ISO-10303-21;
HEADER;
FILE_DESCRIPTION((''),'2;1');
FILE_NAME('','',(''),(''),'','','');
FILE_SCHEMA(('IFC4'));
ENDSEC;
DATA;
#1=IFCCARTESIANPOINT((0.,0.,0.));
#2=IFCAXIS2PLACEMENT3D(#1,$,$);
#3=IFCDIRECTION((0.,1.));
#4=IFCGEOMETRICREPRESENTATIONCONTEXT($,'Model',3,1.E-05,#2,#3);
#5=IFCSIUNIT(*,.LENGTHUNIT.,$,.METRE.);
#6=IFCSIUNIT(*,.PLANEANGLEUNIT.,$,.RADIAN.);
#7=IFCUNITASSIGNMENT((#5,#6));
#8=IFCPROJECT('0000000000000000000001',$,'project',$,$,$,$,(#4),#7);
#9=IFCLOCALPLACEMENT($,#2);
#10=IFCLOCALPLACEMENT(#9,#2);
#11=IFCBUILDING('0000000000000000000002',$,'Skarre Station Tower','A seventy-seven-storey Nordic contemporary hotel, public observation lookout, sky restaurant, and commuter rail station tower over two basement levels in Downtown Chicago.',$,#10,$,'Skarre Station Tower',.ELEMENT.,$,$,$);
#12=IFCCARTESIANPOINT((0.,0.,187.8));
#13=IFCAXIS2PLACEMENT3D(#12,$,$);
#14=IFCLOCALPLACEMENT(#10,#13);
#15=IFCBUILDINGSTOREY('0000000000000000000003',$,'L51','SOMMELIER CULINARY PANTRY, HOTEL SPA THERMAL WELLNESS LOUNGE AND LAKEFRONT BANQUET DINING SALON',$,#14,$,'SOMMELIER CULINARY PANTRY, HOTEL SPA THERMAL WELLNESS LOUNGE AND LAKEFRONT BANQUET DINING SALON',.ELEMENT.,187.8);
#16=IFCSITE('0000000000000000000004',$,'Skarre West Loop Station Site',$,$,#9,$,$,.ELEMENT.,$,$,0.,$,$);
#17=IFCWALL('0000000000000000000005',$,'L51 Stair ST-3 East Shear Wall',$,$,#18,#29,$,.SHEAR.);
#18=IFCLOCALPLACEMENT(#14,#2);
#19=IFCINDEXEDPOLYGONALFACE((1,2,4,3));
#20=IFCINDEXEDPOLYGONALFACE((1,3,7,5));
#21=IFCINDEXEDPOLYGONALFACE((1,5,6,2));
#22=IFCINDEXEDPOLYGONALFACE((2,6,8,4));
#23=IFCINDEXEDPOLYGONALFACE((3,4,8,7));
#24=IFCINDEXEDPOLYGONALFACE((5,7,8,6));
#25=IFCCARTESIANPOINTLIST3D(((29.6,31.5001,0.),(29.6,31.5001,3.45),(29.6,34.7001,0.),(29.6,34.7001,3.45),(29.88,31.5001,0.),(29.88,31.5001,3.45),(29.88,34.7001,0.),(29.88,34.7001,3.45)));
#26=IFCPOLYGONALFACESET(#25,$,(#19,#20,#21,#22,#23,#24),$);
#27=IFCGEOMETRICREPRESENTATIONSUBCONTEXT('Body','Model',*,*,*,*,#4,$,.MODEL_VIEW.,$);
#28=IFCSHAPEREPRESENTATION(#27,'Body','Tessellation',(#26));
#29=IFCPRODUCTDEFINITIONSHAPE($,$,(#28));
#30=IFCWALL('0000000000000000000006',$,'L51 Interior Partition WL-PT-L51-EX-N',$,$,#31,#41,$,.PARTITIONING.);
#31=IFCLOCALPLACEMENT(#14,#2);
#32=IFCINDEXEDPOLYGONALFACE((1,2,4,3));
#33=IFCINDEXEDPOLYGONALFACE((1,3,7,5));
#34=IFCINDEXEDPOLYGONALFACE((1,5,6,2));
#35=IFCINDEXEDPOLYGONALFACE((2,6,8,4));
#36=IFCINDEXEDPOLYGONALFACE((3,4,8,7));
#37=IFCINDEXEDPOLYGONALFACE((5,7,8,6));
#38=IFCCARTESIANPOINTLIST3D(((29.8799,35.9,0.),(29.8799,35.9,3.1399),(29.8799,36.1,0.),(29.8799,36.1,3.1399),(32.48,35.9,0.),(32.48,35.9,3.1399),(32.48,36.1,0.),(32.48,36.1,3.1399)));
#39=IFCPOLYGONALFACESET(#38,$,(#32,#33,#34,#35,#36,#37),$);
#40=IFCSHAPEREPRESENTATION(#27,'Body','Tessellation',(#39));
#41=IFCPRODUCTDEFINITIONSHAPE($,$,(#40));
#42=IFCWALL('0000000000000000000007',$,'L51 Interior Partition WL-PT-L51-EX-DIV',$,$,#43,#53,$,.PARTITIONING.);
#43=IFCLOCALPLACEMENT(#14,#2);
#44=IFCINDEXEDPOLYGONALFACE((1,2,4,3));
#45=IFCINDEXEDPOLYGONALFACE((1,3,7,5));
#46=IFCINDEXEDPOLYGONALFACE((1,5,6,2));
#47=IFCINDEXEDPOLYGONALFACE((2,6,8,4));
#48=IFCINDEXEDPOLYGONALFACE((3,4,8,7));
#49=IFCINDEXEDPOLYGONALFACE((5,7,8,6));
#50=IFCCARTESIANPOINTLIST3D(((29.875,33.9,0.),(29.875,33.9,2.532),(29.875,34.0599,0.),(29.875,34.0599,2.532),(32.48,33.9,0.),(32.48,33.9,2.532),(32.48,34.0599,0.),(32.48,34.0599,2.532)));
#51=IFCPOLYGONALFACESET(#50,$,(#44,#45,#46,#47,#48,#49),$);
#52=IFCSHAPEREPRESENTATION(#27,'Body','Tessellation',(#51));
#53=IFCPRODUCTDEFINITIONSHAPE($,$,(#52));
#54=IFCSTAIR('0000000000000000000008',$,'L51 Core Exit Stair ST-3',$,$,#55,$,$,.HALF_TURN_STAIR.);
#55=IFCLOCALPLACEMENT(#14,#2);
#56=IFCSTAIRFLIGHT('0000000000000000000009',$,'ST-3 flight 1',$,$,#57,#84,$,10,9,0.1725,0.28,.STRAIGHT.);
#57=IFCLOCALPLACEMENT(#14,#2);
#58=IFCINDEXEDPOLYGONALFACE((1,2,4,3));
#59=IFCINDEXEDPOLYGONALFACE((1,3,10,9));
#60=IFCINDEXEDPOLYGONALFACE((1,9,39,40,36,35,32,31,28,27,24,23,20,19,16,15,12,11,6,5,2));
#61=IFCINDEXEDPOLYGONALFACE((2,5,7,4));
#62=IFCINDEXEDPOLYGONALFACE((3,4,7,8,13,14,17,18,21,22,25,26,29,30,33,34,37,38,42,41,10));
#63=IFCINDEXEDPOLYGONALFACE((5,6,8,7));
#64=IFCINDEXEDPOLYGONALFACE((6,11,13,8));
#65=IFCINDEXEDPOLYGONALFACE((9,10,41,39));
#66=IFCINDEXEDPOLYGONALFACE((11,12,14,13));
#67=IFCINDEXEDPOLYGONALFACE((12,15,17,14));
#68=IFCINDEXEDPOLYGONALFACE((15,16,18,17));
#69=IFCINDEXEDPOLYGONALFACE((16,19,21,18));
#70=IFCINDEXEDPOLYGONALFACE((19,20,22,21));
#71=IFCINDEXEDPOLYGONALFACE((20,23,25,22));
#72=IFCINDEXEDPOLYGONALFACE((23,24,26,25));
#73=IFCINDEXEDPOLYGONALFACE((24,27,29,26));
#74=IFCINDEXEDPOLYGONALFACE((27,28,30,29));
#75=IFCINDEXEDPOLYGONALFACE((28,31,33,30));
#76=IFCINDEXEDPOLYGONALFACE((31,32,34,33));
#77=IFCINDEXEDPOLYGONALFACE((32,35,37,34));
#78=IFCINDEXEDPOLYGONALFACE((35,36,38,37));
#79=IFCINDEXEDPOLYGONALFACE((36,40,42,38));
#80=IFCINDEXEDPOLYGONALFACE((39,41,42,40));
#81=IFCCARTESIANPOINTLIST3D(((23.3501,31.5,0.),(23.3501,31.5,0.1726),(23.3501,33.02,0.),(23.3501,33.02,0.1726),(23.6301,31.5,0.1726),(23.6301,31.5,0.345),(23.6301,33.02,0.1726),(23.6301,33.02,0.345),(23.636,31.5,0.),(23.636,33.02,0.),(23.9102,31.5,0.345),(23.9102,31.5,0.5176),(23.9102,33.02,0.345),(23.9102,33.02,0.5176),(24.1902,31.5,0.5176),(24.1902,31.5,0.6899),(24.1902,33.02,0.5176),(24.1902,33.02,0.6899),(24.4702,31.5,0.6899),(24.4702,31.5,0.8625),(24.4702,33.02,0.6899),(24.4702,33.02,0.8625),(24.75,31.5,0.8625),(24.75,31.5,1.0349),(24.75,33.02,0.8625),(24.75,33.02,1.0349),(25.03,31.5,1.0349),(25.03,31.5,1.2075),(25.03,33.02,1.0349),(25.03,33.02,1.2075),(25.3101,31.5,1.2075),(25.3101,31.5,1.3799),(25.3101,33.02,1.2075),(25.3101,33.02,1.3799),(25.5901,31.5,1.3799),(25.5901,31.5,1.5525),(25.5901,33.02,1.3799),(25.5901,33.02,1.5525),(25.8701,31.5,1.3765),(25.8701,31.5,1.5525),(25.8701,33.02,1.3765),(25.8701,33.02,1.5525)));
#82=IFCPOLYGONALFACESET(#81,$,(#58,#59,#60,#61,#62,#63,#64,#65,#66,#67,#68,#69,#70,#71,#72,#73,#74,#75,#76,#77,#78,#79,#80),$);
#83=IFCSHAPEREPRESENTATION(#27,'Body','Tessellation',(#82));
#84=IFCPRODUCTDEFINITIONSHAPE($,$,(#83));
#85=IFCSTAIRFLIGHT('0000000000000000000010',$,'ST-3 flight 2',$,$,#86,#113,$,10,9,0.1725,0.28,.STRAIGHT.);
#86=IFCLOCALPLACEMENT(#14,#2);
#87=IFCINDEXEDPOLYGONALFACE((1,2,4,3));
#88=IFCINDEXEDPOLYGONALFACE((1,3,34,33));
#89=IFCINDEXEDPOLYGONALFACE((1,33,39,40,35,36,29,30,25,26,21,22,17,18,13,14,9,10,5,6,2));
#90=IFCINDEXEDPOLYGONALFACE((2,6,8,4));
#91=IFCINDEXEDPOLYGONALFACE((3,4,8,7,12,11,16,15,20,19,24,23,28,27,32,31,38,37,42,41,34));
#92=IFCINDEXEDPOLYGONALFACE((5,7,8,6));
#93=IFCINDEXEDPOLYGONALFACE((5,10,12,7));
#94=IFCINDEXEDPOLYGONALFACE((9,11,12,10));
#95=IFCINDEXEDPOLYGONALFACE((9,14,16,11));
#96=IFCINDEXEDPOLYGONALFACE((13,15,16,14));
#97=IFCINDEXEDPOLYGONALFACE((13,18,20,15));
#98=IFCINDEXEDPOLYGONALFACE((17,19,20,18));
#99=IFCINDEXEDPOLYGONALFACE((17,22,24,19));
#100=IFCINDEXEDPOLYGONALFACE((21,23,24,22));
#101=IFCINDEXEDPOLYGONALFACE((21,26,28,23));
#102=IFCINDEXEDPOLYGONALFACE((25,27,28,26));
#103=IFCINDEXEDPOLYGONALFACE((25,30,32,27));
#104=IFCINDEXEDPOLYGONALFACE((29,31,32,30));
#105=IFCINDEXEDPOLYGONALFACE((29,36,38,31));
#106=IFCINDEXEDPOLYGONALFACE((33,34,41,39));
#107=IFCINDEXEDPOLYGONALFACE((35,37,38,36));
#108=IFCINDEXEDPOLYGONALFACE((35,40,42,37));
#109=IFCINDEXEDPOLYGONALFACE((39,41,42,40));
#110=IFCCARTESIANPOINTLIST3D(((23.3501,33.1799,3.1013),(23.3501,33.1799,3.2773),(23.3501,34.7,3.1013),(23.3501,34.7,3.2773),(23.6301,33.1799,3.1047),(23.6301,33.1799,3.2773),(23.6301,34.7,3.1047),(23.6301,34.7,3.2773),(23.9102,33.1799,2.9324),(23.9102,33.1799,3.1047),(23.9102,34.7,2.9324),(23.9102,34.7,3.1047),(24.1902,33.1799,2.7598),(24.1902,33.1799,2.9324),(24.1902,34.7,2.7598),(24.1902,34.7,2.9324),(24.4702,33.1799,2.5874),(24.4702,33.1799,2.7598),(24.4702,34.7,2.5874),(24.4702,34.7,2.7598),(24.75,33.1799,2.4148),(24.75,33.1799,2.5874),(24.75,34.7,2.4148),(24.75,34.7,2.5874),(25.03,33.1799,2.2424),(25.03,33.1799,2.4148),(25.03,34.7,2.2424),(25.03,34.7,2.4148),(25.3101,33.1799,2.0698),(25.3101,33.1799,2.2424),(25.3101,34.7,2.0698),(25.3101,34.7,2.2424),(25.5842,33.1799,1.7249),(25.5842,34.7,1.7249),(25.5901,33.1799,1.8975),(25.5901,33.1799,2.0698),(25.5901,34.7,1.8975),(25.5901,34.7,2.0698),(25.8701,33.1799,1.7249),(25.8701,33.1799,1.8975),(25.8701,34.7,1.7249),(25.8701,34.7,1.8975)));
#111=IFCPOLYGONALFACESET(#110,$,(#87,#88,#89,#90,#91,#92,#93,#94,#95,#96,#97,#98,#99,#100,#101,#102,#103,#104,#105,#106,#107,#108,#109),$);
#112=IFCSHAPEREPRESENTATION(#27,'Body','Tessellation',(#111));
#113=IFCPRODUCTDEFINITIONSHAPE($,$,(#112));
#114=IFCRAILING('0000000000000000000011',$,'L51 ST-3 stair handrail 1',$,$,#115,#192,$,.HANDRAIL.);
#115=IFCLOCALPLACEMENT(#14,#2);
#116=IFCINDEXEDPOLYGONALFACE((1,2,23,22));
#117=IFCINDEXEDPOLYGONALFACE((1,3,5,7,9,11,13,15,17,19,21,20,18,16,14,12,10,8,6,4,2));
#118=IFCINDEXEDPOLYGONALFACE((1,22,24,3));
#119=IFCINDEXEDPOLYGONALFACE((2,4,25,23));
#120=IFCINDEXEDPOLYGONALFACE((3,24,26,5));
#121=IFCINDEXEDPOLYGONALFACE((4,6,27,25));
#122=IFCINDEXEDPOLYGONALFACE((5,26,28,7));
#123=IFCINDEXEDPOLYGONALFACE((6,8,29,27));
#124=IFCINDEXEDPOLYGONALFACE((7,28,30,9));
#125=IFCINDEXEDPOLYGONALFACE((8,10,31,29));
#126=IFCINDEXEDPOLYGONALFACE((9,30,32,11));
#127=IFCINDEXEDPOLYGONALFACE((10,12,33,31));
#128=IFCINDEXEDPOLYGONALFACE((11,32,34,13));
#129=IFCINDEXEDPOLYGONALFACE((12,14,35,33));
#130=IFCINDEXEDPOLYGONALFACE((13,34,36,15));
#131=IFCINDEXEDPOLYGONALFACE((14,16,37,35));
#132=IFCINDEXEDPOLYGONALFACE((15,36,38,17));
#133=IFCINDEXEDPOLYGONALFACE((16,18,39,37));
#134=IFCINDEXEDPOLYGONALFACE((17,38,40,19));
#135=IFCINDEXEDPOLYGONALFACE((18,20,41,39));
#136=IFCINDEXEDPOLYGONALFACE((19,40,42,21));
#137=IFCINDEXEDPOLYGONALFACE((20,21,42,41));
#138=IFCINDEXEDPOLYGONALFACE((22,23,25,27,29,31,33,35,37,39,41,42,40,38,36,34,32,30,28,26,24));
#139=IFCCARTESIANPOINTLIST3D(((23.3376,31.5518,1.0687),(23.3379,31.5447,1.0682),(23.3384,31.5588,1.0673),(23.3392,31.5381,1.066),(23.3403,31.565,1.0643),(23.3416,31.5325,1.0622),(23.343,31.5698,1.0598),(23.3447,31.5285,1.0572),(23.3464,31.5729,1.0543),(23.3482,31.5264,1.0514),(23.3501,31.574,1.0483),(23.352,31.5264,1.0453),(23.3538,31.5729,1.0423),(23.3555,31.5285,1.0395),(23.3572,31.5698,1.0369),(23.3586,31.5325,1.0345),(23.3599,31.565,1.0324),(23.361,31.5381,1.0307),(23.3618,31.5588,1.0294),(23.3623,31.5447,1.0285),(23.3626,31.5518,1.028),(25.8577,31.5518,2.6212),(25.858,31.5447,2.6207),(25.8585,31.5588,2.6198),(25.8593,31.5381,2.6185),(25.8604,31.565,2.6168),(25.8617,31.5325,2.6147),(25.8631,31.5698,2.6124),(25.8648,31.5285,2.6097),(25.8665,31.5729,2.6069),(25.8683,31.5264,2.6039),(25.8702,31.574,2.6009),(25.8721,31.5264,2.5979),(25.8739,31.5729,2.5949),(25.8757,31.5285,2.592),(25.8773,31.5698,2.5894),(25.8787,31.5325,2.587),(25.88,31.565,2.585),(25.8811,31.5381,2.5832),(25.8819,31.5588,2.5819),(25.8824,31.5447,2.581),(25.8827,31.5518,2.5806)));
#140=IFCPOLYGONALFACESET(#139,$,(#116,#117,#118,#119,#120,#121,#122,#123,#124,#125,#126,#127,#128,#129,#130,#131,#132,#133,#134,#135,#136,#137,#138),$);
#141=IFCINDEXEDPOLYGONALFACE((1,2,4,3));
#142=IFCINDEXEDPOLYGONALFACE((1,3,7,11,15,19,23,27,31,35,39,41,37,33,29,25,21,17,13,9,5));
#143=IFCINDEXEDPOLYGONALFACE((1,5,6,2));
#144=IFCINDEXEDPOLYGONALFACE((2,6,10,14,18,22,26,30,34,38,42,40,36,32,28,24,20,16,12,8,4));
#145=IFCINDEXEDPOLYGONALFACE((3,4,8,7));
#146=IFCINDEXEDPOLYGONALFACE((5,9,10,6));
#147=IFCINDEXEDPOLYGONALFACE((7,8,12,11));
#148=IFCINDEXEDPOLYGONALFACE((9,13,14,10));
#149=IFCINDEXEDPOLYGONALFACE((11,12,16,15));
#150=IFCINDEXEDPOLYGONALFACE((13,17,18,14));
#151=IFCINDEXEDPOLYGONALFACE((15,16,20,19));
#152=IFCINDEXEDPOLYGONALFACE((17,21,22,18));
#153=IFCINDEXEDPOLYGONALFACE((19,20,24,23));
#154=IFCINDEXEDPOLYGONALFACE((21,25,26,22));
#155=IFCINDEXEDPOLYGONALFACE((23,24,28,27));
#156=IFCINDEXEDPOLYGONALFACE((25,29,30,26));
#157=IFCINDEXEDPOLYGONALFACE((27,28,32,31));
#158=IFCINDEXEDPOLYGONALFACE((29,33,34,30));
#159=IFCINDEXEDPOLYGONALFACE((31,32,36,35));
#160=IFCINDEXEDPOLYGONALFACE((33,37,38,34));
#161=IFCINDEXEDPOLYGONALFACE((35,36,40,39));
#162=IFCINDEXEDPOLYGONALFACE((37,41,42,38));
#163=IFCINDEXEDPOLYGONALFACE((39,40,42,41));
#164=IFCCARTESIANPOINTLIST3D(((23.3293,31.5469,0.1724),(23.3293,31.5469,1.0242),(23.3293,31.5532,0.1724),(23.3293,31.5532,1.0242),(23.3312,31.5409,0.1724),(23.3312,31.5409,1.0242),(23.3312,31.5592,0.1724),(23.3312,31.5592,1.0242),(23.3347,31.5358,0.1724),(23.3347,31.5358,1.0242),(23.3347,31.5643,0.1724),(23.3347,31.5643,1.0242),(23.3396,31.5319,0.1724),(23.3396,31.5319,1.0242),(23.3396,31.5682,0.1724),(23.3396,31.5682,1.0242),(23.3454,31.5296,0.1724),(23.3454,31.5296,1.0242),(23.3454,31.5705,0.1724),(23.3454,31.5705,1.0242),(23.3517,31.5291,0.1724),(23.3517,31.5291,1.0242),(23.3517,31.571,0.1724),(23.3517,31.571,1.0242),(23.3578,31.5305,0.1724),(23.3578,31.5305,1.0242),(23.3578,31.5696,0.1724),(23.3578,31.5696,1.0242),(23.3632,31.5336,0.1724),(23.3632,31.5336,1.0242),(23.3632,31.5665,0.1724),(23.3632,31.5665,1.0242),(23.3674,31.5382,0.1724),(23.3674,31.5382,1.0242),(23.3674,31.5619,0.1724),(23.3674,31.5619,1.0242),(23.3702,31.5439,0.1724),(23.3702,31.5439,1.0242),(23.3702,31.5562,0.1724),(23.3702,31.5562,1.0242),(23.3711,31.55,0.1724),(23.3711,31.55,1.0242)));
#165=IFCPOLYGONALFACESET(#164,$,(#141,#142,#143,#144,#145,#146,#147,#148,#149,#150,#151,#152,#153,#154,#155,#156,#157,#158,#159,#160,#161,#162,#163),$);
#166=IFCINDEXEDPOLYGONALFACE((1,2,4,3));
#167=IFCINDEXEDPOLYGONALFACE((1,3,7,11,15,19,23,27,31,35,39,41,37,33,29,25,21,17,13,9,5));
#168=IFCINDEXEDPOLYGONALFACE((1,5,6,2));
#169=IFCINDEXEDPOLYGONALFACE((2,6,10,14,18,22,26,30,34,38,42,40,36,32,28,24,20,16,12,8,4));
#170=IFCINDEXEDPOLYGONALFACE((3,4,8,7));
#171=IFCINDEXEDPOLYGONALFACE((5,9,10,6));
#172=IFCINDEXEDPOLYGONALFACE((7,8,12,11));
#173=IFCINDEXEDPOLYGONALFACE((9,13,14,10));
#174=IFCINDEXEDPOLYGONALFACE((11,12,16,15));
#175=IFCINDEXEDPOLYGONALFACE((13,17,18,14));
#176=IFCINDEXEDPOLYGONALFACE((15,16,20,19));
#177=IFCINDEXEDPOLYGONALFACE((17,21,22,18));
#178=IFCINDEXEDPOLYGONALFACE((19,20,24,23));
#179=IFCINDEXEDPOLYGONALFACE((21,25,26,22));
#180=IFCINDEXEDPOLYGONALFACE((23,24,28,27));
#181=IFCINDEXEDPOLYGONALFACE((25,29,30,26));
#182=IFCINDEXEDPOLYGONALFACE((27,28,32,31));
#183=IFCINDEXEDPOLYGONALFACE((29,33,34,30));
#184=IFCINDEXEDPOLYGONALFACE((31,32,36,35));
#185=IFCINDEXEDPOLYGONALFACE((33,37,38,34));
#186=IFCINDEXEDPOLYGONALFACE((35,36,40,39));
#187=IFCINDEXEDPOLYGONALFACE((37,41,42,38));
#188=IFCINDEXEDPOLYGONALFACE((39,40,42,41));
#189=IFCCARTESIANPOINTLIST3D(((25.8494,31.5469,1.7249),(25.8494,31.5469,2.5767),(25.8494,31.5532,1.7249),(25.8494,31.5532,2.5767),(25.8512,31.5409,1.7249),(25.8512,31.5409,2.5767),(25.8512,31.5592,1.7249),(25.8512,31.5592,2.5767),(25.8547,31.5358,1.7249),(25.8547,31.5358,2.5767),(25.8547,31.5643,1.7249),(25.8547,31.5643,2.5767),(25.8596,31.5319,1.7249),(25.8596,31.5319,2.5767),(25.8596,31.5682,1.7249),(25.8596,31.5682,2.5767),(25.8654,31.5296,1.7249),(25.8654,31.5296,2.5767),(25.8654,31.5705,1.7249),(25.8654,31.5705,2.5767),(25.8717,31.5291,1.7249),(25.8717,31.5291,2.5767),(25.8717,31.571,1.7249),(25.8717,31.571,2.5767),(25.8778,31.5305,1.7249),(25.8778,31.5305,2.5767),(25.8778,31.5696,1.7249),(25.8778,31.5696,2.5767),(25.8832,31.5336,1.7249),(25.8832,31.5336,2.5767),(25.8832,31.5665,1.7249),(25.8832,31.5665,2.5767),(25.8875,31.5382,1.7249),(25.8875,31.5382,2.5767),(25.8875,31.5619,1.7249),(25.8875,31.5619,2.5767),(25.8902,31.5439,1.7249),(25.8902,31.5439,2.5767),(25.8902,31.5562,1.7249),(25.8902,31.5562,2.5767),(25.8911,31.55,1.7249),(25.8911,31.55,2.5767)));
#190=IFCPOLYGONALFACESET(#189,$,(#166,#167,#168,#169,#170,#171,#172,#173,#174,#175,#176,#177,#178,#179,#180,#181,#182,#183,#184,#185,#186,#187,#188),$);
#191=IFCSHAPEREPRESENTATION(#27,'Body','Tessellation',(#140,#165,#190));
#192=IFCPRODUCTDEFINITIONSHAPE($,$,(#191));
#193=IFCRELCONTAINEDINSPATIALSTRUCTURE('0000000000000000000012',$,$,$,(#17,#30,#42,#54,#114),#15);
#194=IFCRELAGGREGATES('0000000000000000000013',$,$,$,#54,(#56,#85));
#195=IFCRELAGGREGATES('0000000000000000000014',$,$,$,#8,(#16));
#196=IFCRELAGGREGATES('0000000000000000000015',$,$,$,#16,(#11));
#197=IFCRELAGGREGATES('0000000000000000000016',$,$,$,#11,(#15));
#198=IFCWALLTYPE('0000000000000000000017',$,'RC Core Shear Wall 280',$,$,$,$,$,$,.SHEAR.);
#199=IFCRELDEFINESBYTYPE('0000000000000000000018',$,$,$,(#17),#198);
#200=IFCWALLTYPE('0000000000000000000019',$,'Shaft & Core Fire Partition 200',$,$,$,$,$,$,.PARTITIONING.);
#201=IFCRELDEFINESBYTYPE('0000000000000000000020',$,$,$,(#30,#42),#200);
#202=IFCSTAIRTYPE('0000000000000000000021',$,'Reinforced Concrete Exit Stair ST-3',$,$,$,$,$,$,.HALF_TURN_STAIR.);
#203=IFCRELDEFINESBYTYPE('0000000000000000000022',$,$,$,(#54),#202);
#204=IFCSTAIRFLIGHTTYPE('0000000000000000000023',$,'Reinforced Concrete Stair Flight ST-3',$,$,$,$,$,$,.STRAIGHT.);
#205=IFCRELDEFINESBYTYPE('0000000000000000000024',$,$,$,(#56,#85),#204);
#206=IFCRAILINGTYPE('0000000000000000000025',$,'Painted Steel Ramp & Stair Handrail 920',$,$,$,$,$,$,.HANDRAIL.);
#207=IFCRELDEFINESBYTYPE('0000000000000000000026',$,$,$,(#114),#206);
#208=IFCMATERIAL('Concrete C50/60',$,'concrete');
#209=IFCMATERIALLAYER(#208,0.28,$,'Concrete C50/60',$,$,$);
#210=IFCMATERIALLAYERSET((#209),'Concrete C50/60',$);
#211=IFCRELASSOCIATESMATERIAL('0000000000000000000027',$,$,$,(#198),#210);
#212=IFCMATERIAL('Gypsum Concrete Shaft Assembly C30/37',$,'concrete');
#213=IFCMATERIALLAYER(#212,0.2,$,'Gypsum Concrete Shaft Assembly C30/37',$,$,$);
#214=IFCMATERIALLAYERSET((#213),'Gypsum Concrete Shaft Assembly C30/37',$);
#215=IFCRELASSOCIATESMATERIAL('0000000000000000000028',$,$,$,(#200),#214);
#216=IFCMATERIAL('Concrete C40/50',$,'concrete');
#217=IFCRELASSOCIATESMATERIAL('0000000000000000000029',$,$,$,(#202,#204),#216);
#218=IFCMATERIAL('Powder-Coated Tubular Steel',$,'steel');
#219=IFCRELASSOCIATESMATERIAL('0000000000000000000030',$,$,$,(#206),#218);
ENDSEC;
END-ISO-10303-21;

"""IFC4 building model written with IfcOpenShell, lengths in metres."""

from ifc_helpers import new_model, si_unit, direction, frame, frame_2d, origin, origin_2d, place, context, subcontext, project, spatial, polyline, rectangle, circle, outline, extrude, material, layer, layer_set, type_object, element, aggregate, save


model = new_model("IFC4")

# Units and contexts
model_context = context("Model", 3, precision=1e-05, world=origin(), true_north=direction((0.0, 1.0)))
body_context = subcontext(model_context, "Body", "Model", "MODEL_VIEW")
ifc_project = project(units=[si_unit("LENGTHUNIT", "METRE"), si_unit("PLANEANGLEUNIT", "RADIAN")], contexts=[model_context])

# Site, building, storey
site_placement = place(None, origin())
site = spatial("IfcSite", under=ifc_project, at=site_placement, Name="Skarre West Loop Station Site", CompositionType="ELEMENT", RefElevation=0.0)
building_placement = place(site_placement, origin())
building = spatial("IfcBuilding", under=site, at=building_placement, Name="Skarre Station Tower", Description="A seventy-seven-storey Nordic contemporary hotel, public observation lookout, sky restaurant, and commuter rail station tower over two basement levels in Downtown Chicago.", LongName="Skarre Station Tower", CompositionType="ELEMENT")
storey_placement = place(building_placement, frame((0.0, 0.0, 187.8)))
storey = spatial("IfcBuildingStorey", under=building, at=storey_placement, Name="L51", Description="SOMMELIER CULINARY PANTRY, HOTEL SPA THERMAL WELLNESS LOUNGE AND LAKEFRONT BANQUET DINING SALON", LongName="SOMMELIER CULINARY PANTRY, HOTEL SPA THERMAL WELLNESS LOUNGE AND LAKEFRONT BANQUET DINING SALON", CompositionType="ELEMENT", Elevation=187.8)

# Shared definitions
ifc_material_1 = material(Name="Concrete C50/60", Category="concrete")

# Shared definitions
ifc_layer_1 = layer(ifc_material_1, 0.28, Name="Concrete C50/60")
ifc_layer_set_1 = layer_set([ifc_layer_1], Name="Concrete C50/60")
wall_type_1 = type_object("IfcWallType", Name="RC Core Shear Wall 280", PredefinedType="SHEAR", material=ifc_layer_set_1)

# Walls
for number, where, z_axis, x_axis, name in (
    (1, (29.74, 31.5, 0.0), (0.0, 0.0, 1.0), (0.0, 1.0, 0.0), "L51 Stair ST-3 East Shear Wall"),
):
    element("IfcWall", number, at=place(storey_placement, frame(where, z_axis=z_axis, x_axis=x_axis)), inside=storey, type_object=wall_type_1, Name=name, PredefinedType="SHEAR", context=body_context, shape_type="SweptSolid", body=[
        extrude(rectangle(XDim=3.2, YDim=0.28, at=frame_2d((1.6001, 0.0))), origin(), (0.0, 0.0, 1.0), 3.45),
    ])
ifc_material_2 = material(Name="Gypsum Concrete Shaft Assembly C30/37", Category="concrete")
ifc_layer_2 = layer(ifc_material_2, 0.2, Name="Gypsum Concrete Shaft Assembly C30/37")
ifc_layer_set_2 = layer_set([ifc_layer_2], Name="Gypsum Concrete Shaft Assembly C30/37")
wall_type_2 = type_object("IfcWallType", Name="Shaft & Core Fire Partition 200", PredefinedType="PARTITIONING", material=ifc_layer_set_2)
wall_1_placement = place(storey_placement, frame((29.8799, 36.0, 0.0), z_axis=(0.0, 0.0, 1.0), x_axis=(1.0, 0.0, 0.0)))
element("IfcWall", 2, at=wall_1_placement, inside=storey, type_object=wall_type_2, Name="L51 Interior Partition WL-PT-L51-EX-N", PredefinedType="PARTITIONING", context=body_context, shape_type="SweptSolid", body=[
    extrude(rectangle(XDim=2.6001, YDim=0.2, at=frame_2d((1.3, 0.0))), origin(), (0.0, 0.0, 1.0), 3.1399),
])
wall_2_placement = place(storey_placement, frame((29.875, 33.98, 0.0), z_axis=(0.0, 0.0, 1.0), x_axis=(1.0, 0.0, 0.0)))
element("IfcWall", 3, at=wall_2_placement, inside=storey, type_object=wall_type_2, Name="L51 Interior Partition WL-PT-L51-EX-DIV", PredefinedType="PARTITIONING", context=body_context, shape_type="SweptSolid", body=[
    extrude(rectangle(XDim=2.605, YDim=0.1599, at=frame_2d((1.3025, 0.0))), origin(), (0.0, 0.0, 1.0), 2.532),
])

# Stair, stair flights
ifc_material_3 = material(Name="Concrete C40/50", Category="concrete")
stair_type = type_object("IfcStairType", Name="Reinforced Concrete Exit Stair ST-3", PredefinedType="HALF_TURN_STAIR", material=ifc_material_3)
stair_placement = place(storey_placement, origin())
stair = element("IfcStair", 4, at=stair_placement, inside=storey, type_object=stair_type, Name="L51 Core Exit Stair ST-3", PredefinedType="HALF_TURN_STAIR")
stair_flight_type = type_object("IfcStairFlightType", Name="Reinforced Concrete Stair Flight ST-3", PredefinedType="STRAIGHT", material=ifc_material_3)
stair_flight_1_placement = place(storey_placement, frame((23.3501, 32.26, 0.0), z_axis=(0.0, 0.0, 1.0), x_axis=(1.0, 0.0, 0.0)))
stair_flight_1 = element("IfcStairFlight", 5, at=stair_flight_1_placement, type_object=stair_flight_type, Name="ST-3 flight 1", NumberOfRisers=10, NumberOfTreads=9, PredefinedType="STRAIGHT", RiserHeight=0.1725, TreadLength=0.28, context=body_context, shape_type="SweptSolid", body=[
    extrude(outline(polyline([(0.0, 0.0), (0.0, 0.1726), (0.28, 0.1726), (0.28, 0.345), (0.5601, 0.345), (0.5601, 0.5176), (0.8401, 0.5176), (0.8401, 0.6899), (1.1201, 0.6899), (1.1201, 0.8625), (1.3999, 0.8625), (1.3999, 1.0349), (1.6799, 1.0349), (1.6799, 1.2075), (1.96, 1.2075), (1.96, 1.3799), (2.24, 1.3799), (2.24, 1.5525), (2.52, 1.5525), (2.52, 1.7251), (2.52, 1.3765), (0.2859, 0.0), (0.0, 0.0)])), frame((0.0, 0.76, 0.0), z_axis=(0.0, -1.0, 0.0), x_axis=(1.0, 0.0, 0.0)), (0.0, 0.0, 1.0), 1.52),
])
stair_flight_2_placement = place(storey_placement, frame((25.8701, 33.9399, 1.7249), z_axis=(0.0, 0.0, 1.0), x_axis=(-1.0, 0.0, 0.0)))
stair_flight_2 = element("IfcStairFlight", 6, at=stair_flight_2_placement, type_object=stair_flight_type, Name="ST-3 flight 2", NumberOfRisers=10, NumberOfTreads=9, PredefinedType="STRAIGHT", RiserHeight=0.1725, TreadLength=0.28, context=body_context, shape_type="SweptSolid", body=[
    extrude(outline(polyline([(0.0, 0.0), (0.0, 0.1726), (0.28, 0.1726), (0.28, 0.345), (0.5601, 0.345), (0.5601, 0.5176), (0.8401, 0.5176), (0.8401, 0.6899), (1.1201, 0.6899), (1.1201, 0.8625), (1.3999, 0.8625), (1.3999, 1.0349), (1.6799, 1.0349), (1.6799, 1.2075), (1.96, 1.2075), (1.96, 1.3799), (2.24, 1.3799), (2.24, 1.5525), (2.52, 1.5525), (2.52, 1.7251), (2.52, 1.3765), (0.2859, 0.0), (0.0, 0.0)])), frame((0.0, 0.76, 0.0), z_axis=(0.0, -1.0, 0.0), x_axis=(1.0, 0.0, 0.0)), (0.0, 0.0, 1.0), 1.52),
])
aggregate(stair, [stair_flight_1, stair_flight_2])

# Railing
ifc_material_4 = material(Name="Powder-Coated Tubular Steel", Category="steel")
railing_type_1 = type_object("IfcRailingType", Name="Painted Steel Ramp & Stair Handrail 920", PredefinedType="HANDRAIL", material=ifc_material_4)
railing_1_placement = place(storey_placement, frame((23.3501, 31.55, 0.1724)))
element("IfcRailing", 7, at=railing_1_placement, inside=storey, type_object=railing_type_1, Name="L51 ST-3 stair handrail 1", PredefinedType="HANDRAIL", context=body_context, shape_type="SweptSolid", body=[
    extrude(circle(Radius=0.0239, at=origin_2d()), frame((0.0, 0.0, 0.876), z_axis=(0.8514, 0.0, 0.524516), x_axis=(0.0, 1.0, 0.0)), (0.0, 0.0, 1.0), 2.96),
    extrude(circle(Radius=0.021, at=origin_2d()), origin(), (0.0, 0.0, 1.0), 0.8518),
    extrude(circle(Radius=0.021, at=origin_2d()), frame((2.52, 0.0, 1.5525)), (0.0, 0.0, 1.0), 0.8518),
])

save(model, "model.ifc")
